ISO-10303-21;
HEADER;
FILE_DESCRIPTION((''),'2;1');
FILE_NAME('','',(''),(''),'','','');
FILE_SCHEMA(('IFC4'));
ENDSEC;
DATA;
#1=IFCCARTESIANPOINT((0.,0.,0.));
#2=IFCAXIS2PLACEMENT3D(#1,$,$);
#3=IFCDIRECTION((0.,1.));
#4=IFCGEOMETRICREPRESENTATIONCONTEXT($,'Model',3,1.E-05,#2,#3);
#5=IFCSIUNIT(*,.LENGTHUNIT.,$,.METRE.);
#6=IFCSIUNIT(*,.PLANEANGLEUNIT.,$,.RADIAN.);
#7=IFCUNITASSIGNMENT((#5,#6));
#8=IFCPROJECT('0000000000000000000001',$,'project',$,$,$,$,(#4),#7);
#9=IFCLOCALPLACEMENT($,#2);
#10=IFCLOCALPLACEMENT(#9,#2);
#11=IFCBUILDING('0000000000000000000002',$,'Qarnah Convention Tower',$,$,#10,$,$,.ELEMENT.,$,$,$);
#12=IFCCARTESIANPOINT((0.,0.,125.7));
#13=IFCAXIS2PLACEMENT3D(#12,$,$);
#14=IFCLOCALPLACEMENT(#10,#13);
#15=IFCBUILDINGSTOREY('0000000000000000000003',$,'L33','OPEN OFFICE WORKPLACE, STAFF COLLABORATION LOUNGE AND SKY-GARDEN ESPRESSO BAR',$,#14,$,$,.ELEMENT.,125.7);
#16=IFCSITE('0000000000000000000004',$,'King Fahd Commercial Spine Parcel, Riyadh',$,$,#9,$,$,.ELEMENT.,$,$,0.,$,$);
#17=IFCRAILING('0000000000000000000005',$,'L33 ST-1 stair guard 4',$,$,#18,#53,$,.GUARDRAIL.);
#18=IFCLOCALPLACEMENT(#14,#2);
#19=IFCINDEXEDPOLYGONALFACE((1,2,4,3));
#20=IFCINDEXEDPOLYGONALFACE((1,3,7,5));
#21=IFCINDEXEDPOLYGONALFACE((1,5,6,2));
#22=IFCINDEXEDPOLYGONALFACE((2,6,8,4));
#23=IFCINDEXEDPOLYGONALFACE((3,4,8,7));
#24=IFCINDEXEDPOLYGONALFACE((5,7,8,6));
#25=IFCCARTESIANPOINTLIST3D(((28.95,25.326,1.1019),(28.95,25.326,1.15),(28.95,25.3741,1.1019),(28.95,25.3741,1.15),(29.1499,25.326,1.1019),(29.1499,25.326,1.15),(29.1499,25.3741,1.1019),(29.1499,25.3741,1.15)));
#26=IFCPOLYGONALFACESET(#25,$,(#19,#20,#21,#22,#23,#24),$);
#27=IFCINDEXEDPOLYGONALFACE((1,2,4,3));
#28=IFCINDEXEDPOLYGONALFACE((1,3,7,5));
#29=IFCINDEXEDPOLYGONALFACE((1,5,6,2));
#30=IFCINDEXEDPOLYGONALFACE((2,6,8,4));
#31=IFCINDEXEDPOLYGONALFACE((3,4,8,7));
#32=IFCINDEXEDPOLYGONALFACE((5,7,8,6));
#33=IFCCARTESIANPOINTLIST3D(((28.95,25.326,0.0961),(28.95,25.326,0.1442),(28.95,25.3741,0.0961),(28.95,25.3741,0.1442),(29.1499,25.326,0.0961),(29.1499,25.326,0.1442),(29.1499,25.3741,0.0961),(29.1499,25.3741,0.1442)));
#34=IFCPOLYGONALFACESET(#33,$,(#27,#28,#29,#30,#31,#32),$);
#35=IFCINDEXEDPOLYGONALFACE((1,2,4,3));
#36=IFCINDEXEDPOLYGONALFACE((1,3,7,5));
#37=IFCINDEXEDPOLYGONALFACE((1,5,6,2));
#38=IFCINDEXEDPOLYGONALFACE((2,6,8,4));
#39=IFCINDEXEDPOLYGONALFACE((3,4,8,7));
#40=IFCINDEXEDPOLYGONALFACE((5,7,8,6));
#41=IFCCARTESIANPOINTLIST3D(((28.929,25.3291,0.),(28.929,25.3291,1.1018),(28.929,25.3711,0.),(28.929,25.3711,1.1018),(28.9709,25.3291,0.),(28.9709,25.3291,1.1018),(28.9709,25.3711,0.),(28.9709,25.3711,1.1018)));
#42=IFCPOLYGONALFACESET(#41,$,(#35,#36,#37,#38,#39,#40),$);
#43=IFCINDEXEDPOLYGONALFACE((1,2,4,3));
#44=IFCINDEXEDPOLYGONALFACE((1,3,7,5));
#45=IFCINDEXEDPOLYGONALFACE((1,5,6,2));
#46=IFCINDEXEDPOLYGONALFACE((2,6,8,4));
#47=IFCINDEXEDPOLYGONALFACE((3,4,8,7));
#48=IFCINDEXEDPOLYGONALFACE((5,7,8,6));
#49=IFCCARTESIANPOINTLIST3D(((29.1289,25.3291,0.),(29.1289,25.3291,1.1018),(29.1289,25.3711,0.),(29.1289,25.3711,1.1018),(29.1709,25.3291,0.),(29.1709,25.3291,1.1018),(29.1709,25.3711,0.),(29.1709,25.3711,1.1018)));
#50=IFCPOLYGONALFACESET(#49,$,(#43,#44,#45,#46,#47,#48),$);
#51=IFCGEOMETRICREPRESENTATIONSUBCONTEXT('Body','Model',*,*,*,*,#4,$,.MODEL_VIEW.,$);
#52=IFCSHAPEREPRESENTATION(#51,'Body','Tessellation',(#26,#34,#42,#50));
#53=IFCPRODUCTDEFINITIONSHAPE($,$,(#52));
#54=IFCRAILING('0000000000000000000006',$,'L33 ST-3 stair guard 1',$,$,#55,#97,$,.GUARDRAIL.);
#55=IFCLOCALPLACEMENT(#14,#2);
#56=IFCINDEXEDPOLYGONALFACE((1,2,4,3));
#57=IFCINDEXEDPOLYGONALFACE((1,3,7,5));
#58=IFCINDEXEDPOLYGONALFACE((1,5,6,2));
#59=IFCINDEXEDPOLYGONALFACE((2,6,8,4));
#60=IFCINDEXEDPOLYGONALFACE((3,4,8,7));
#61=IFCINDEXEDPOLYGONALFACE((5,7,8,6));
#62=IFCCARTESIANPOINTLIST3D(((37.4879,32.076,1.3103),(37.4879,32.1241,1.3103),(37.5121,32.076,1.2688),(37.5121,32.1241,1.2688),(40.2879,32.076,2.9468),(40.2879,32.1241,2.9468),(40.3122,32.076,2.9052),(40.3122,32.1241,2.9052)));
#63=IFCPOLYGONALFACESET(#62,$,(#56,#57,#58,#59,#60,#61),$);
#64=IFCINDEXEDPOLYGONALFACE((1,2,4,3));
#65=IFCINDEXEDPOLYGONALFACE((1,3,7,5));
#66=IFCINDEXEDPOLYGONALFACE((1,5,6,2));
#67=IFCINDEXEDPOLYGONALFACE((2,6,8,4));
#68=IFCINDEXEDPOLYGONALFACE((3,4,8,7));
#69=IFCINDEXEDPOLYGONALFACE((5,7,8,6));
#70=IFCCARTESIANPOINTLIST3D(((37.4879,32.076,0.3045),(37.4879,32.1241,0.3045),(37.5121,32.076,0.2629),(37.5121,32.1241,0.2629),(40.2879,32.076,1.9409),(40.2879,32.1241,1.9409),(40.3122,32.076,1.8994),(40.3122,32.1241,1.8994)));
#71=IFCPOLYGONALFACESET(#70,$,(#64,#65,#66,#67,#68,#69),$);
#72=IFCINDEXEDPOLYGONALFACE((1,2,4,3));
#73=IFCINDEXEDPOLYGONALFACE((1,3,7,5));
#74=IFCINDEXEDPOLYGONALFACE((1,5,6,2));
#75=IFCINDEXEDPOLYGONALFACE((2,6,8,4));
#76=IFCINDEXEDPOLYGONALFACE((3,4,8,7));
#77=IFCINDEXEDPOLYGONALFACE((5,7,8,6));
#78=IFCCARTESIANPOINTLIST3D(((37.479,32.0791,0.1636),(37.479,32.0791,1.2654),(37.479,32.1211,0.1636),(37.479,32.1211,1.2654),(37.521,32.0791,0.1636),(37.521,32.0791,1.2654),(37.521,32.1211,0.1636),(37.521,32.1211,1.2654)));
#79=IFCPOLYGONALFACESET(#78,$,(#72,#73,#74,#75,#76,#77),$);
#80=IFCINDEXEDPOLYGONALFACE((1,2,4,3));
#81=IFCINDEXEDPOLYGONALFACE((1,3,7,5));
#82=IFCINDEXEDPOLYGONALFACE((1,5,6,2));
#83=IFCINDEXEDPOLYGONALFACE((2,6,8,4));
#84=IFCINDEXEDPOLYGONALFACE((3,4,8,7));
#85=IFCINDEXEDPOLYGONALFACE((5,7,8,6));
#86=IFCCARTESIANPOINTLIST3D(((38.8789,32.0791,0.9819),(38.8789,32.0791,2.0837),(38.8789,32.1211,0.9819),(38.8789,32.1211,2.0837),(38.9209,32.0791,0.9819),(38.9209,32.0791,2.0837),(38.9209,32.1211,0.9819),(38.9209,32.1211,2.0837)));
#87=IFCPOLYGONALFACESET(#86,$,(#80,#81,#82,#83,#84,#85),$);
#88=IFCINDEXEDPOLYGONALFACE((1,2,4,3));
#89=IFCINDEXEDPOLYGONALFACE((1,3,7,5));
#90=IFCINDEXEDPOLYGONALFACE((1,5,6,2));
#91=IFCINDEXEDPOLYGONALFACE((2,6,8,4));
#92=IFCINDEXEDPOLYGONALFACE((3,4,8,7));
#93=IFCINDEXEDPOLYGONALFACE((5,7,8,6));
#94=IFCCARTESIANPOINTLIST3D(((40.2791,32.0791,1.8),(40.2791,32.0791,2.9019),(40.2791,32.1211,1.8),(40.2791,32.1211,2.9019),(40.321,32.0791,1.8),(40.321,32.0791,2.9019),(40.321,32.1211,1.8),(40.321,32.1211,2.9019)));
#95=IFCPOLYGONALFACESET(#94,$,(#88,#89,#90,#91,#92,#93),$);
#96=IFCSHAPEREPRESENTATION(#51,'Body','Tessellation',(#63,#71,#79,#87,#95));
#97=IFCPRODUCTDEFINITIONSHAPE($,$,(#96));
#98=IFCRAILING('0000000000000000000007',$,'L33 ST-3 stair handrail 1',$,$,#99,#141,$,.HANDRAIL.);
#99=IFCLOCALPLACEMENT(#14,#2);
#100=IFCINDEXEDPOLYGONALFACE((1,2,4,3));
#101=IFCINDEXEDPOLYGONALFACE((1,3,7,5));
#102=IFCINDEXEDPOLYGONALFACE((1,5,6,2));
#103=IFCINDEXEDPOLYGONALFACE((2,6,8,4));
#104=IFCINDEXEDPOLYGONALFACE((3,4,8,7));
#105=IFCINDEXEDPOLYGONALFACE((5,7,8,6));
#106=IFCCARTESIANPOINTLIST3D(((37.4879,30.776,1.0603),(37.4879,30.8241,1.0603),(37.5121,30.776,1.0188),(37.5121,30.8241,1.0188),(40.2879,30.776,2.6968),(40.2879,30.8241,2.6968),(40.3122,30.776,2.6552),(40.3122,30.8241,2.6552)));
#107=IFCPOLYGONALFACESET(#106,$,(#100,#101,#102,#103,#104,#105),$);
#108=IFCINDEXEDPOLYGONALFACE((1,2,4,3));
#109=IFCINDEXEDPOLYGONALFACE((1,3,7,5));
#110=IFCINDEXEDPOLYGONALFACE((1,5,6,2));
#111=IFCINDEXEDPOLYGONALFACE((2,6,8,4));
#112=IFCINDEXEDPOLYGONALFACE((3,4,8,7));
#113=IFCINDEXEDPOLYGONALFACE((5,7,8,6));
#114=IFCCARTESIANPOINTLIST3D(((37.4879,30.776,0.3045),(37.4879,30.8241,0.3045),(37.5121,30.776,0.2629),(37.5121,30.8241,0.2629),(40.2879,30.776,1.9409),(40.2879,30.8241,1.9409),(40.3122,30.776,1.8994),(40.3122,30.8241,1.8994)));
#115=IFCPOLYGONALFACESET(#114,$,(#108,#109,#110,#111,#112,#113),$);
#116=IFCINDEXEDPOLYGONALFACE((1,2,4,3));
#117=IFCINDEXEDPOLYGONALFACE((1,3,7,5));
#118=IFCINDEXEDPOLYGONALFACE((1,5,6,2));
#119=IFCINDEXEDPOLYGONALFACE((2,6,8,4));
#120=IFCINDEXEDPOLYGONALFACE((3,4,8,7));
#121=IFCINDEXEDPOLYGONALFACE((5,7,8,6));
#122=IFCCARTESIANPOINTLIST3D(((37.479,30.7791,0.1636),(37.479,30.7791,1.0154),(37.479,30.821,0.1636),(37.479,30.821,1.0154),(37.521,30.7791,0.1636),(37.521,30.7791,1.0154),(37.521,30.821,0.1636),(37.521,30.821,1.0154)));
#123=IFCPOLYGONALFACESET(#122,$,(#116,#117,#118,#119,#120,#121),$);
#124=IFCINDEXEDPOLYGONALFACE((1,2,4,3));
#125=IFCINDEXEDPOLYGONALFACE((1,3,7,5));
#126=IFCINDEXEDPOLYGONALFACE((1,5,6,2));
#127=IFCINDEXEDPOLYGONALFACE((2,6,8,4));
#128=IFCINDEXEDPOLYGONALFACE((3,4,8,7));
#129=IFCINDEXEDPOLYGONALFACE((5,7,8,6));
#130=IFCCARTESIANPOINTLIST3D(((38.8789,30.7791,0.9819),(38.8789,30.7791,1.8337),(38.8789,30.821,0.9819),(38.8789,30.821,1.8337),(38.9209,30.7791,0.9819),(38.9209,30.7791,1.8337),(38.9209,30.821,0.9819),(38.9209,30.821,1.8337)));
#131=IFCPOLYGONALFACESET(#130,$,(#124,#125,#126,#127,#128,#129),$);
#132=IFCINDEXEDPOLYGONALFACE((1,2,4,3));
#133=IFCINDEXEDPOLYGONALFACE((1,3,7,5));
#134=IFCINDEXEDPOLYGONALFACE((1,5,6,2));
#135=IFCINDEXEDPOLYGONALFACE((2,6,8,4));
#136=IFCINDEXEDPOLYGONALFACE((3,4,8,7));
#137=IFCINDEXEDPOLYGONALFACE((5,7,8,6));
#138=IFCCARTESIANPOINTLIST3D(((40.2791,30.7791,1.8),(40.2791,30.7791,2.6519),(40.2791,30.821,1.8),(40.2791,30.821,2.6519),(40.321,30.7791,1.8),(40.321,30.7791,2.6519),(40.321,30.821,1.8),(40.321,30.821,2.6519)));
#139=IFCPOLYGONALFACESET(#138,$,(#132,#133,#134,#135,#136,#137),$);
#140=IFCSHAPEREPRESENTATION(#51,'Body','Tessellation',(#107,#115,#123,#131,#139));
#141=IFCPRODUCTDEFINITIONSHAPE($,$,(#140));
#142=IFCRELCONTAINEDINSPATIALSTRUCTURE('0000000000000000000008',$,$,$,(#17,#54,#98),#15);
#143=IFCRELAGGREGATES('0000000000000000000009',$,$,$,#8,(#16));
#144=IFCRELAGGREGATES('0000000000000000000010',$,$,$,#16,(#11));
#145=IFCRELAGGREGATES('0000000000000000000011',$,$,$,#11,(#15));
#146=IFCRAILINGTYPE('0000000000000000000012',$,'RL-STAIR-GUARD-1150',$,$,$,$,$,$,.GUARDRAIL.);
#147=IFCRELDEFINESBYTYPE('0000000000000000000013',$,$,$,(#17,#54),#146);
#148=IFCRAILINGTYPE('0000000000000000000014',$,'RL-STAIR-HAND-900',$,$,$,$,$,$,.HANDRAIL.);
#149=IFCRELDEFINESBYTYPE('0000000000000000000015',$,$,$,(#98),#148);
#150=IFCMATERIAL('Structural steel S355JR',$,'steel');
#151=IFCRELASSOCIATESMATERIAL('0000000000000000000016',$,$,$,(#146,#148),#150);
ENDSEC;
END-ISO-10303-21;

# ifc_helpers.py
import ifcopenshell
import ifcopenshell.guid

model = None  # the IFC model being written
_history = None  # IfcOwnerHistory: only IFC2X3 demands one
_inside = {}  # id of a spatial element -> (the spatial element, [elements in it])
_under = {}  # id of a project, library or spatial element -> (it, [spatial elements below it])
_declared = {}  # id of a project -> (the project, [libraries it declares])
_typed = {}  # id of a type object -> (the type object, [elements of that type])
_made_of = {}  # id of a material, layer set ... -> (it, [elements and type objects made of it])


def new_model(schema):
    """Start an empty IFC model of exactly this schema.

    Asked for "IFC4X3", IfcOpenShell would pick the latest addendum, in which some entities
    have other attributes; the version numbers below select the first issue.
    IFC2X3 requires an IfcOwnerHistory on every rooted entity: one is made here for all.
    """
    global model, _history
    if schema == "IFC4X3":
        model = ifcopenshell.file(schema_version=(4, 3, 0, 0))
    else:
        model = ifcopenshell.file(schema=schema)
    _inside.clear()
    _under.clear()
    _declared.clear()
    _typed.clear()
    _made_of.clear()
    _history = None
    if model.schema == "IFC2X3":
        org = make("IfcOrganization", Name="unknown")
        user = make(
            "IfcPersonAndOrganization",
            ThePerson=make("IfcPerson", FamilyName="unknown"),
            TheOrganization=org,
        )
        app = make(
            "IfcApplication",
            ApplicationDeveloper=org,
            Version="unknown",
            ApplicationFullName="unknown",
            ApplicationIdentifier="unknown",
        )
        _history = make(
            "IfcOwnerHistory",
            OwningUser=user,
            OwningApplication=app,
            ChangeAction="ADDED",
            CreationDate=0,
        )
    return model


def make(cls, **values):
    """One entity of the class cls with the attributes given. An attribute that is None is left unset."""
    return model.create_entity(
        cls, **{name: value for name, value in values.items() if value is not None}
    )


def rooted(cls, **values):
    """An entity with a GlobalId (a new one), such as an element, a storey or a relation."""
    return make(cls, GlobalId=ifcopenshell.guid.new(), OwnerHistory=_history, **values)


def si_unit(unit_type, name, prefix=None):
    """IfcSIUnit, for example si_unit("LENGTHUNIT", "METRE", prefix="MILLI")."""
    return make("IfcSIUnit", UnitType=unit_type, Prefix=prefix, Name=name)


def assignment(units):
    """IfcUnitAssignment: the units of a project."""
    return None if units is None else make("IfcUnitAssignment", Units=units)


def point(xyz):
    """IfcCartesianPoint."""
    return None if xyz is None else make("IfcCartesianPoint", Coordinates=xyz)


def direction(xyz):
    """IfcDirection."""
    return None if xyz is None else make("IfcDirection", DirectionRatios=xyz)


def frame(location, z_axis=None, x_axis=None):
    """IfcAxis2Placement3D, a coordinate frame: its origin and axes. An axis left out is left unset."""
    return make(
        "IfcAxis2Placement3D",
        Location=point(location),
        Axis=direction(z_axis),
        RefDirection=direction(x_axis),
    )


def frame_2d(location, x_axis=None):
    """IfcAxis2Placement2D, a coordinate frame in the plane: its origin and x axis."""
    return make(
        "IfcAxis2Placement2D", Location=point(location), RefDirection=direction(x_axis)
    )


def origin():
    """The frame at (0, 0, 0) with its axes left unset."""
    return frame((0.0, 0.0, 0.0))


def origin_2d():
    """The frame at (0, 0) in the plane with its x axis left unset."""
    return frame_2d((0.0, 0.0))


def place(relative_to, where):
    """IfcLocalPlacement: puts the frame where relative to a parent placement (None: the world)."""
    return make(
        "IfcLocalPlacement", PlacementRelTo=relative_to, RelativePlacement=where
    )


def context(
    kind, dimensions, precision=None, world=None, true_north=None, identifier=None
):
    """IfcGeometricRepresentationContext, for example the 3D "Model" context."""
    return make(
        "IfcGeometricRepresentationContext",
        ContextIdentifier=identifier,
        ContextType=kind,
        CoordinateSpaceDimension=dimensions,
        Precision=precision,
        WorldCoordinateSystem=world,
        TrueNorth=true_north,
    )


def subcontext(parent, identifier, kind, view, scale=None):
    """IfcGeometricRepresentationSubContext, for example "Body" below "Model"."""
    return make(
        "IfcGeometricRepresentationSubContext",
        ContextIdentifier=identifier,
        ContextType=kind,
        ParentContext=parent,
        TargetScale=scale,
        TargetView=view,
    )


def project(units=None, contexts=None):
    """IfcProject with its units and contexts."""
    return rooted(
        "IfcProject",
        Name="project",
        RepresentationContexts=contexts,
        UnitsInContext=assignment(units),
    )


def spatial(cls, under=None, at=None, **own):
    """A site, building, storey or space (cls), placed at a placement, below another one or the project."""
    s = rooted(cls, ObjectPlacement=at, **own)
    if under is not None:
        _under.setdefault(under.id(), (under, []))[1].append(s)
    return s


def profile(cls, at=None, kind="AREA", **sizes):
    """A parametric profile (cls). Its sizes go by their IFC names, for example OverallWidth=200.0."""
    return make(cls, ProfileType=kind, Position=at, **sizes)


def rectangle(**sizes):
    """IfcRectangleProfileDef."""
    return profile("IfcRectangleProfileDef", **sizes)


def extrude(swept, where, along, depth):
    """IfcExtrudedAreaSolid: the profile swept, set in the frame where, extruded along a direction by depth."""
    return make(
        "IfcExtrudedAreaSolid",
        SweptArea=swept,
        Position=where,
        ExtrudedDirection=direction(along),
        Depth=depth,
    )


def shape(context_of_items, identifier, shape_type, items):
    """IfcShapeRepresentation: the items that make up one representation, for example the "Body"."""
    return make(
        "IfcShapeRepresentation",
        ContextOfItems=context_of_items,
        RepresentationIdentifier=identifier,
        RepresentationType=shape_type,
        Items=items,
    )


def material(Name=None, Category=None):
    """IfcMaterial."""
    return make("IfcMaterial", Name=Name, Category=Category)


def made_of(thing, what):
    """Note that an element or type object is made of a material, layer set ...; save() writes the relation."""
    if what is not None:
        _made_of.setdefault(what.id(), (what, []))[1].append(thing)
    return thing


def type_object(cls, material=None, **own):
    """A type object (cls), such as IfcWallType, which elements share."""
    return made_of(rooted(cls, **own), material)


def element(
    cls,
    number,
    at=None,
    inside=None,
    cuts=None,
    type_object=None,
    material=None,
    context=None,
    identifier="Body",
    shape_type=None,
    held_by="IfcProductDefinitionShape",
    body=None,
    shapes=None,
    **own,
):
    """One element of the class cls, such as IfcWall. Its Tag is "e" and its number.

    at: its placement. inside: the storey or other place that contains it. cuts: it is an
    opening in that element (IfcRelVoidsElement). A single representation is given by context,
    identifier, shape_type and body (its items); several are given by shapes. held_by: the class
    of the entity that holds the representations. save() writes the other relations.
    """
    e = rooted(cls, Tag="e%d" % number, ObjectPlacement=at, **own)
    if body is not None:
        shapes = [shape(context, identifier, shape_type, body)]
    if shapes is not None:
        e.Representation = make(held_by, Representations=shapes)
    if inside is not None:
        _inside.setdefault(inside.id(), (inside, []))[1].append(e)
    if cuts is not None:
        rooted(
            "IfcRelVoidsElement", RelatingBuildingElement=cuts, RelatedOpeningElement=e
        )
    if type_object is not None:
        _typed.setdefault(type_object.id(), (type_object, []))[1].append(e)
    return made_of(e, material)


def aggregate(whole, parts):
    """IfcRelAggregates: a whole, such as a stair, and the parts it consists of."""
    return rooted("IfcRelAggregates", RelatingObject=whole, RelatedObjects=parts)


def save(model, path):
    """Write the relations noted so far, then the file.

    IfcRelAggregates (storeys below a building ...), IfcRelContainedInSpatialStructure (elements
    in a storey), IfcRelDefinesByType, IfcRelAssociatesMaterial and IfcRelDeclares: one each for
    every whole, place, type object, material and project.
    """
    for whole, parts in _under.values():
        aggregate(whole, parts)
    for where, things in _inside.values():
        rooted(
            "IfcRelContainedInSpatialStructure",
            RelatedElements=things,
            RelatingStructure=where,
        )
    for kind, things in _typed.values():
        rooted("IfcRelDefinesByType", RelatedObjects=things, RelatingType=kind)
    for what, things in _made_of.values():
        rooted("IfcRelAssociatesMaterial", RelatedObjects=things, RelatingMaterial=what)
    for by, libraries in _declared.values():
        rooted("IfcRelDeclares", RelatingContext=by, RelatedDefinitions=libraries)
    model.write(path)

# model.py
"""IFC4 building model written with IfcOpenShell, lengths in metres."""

from ifc_helpers import new_model, si_unit, direction, frame, origin, origin_2d, place, context, subcontext, project, spatial, rectangle, extrude, material, type_object, element, save


model = new_model("IFC4")

# Units and contexts
model_context = context("Model", 3, precision=1e-05, world=origin(), true_north=direction((0.0, 1.0)))
body_context = subcontext(model_context, "Body", "Model", "MODEL_VIEW")
ifc_project = project(units=[si_unit("LENGTHUNIT", "METRE"), si_unit("PLANEANGLEUNIT", "RADIAN")], contexts=[model_context])

# Site, building, storey
site_placement = place(None, origin())
site = spatial("IfcSite", under=ifc_project, at=site_placement, Name="King Fahd Commercial Spine Parcel, Riyadh", CompositionType="ELEMENT", RefElevation=0.0)
building_placement = place(site_placement, origin())
building = spatial("IfcBuilding", under=site, at=building_placement, Name="Qarnah Convention Tower", CompositionType="ELEMENT")
storey_placement = place(building_placement, frame((0.0, 0.0, 125.7)))
storey = spatial("IfcBuildingStorey", under=building, at=storey_placement, Name="L33", Description="OPEN OFFICE WORKPLACE, STAFF COLLABORATION LOUNGE AND SKY-GARDEN ESPRESSO BAR", CompositionType="ELEMENT", Elevation=125.7)

# Shared definitions
ifc_material_1 = material(Name="Structural steel S355JR", Category="steel")

# Railings
railing_type_1 = type_object("IfcRailingType", Name="RL-STAIR-GUARD-1150", PredefinedType="GUARDRAIL", material=ifc_material_1)
railing_1_placement = place(storey_placement, frame((28.95, 25.3501, 0.0)))
element("IfcRailing", 1, at=railing_1_placement, inside=storey, type_object=railing_type_1, Name="L33 ST-1 stair guard 4", PredefinedType="GUARDRAIL", context=body_context, shape_type="SweptSolid", body=[
    extrude(rectangle(XDim=0.0481, YDim=0.0481, at=origin_2d()), frame((0.0, 0.0, 1.126), z_axis=(1.0, 0.0, 0.0), x_axis=(0.0, 1.0, 0.0)), (0.0, 0.0, 1.0), 0.2),
    extrude(rectangle(XDim=0.0481, YDim=0.0481, at=origin_2d()), frame((0.0, 0.0, 0.1201), z_axis=(1.0, 0.0, 0.0), x_axis=(0.0, 1.0, 0.0)), (0.0, 0.0, 1.0), 0.2),
    extrude(rectangle(XDim=0.042, YDim=0.042, at=origin_2d()), origin(), (0.0, 0.0, 1.0), 1.1018),
    extrude(rectangle(XDim=0.042, YDim=0.042, at=origin_2d()), frame((0.2, 0.0, 0.0)), (0.0, 0.0, 1.0), 1.1018),
])
railing_2_placement = place(storey_placement, frame((37.5, 32.1001, 0.1636)))
element("IfcRailing", 2, at=railing_2_placement, inside=storey, type_object=railing_type_1, Name="L33 ST-3 stair guard 1", PredefinedType="GUARDRAIL", context=body_context, shape_type="SweptSolid", body=[
    extrude(rectangle(XDim=0.0481, YDim=0.0481, at=origin_2d()), frame((0.0, 0.0, 1.126), z_axis=(0.863361, 0.0, 0.504587), x_axis=(0.0, 1.0, 0.0)), (0.0, 0.0, 1.0), 3.2432),
    extrude(rectangle(XDim=0.0481, YDim=0.0481, at=origin_2d()), frame((0.0, 0.0, 0.1201), z_axis=(0.863361, 0.0, 0.504587), x_axis=(0.0, 1.0, 0.0)), (0.0, 0.0, 1.0), 3.2432),
    extrude(rectangle(XDim=0.042, YDim=0.042, at=origin_2d()), origin(), (0.0, 0.0, 1.0), 1.1018),
    extrude(rectangle(XDim=0.042, YDim=0.042, at=origin_2d()), frame((1.3999, 0.0, 0.8184)), (0.0, 0.0, 1.0), 1.1018),
    extrude(rectangle(XDim=0.042, YDim=0.042, at=origin_2d()), frame((2.8, 0.0, 1.6365)), (0.0, 0.0, 1.0), 1.1018),
])
railing_type_2 = type_object("IfcRailingType", Name="RL-STAIR-HAND-900", PredefinedType="HANDRAIL", material=ifc_material_1)
railing_3_placement = place(storey_placement, frame((37.5, 30.8, 0.1636)))
element("IfcRailing", 3, at=railing_3_placement, inside=storey, type_object=railing_type_2, Name="L33 ST-3 stair handrail 1", PredefinedType="HANDRAIL", context=body_context, shape_type="SweptSolid", body=[
    extrude(rectangle(XDim=0.0481, YDim=0.0481, at=origin_2d()), frame((0.0, 0.0, 0.876), z_axis=(0.863361, 0.0, 0.504587), x_axis=(0.0, 1.0, 0.0)), (0.0, 0.0, 1.0), 3.2432),
    extrude(rectangle(XDim=0.0481, YDim=0.0481, at=origin_2d()), frame((0.0, 0.0, 0.1201), z_axis=(0.863361, 0.0, 0.504587), x_axis=(0.0, 1.0, 0.0)), (0.0, 0.0, 1.0), 3.2432),
    extrude(rectangle(XDim=0.042, YDim=0.042, at=origin_2d()), origin(), (0.0, 0.0, 1.0), 0.8518),
    extrude(rectangle(XDim=0.042, YDim=0.042, at=origin_2d()), frame((1.3999, 0.0, 0.8184)), (0.0, 0.0, 1.0), 0.8518),
    extrude(rectangle(XDim=0.042, YDim=0.042, at=origin_2d()), frame((2.8, 0.0, 1.6365)), (0.0, 0.0, 1.0), 0.8518),
])

save(model, "model.ifc")
